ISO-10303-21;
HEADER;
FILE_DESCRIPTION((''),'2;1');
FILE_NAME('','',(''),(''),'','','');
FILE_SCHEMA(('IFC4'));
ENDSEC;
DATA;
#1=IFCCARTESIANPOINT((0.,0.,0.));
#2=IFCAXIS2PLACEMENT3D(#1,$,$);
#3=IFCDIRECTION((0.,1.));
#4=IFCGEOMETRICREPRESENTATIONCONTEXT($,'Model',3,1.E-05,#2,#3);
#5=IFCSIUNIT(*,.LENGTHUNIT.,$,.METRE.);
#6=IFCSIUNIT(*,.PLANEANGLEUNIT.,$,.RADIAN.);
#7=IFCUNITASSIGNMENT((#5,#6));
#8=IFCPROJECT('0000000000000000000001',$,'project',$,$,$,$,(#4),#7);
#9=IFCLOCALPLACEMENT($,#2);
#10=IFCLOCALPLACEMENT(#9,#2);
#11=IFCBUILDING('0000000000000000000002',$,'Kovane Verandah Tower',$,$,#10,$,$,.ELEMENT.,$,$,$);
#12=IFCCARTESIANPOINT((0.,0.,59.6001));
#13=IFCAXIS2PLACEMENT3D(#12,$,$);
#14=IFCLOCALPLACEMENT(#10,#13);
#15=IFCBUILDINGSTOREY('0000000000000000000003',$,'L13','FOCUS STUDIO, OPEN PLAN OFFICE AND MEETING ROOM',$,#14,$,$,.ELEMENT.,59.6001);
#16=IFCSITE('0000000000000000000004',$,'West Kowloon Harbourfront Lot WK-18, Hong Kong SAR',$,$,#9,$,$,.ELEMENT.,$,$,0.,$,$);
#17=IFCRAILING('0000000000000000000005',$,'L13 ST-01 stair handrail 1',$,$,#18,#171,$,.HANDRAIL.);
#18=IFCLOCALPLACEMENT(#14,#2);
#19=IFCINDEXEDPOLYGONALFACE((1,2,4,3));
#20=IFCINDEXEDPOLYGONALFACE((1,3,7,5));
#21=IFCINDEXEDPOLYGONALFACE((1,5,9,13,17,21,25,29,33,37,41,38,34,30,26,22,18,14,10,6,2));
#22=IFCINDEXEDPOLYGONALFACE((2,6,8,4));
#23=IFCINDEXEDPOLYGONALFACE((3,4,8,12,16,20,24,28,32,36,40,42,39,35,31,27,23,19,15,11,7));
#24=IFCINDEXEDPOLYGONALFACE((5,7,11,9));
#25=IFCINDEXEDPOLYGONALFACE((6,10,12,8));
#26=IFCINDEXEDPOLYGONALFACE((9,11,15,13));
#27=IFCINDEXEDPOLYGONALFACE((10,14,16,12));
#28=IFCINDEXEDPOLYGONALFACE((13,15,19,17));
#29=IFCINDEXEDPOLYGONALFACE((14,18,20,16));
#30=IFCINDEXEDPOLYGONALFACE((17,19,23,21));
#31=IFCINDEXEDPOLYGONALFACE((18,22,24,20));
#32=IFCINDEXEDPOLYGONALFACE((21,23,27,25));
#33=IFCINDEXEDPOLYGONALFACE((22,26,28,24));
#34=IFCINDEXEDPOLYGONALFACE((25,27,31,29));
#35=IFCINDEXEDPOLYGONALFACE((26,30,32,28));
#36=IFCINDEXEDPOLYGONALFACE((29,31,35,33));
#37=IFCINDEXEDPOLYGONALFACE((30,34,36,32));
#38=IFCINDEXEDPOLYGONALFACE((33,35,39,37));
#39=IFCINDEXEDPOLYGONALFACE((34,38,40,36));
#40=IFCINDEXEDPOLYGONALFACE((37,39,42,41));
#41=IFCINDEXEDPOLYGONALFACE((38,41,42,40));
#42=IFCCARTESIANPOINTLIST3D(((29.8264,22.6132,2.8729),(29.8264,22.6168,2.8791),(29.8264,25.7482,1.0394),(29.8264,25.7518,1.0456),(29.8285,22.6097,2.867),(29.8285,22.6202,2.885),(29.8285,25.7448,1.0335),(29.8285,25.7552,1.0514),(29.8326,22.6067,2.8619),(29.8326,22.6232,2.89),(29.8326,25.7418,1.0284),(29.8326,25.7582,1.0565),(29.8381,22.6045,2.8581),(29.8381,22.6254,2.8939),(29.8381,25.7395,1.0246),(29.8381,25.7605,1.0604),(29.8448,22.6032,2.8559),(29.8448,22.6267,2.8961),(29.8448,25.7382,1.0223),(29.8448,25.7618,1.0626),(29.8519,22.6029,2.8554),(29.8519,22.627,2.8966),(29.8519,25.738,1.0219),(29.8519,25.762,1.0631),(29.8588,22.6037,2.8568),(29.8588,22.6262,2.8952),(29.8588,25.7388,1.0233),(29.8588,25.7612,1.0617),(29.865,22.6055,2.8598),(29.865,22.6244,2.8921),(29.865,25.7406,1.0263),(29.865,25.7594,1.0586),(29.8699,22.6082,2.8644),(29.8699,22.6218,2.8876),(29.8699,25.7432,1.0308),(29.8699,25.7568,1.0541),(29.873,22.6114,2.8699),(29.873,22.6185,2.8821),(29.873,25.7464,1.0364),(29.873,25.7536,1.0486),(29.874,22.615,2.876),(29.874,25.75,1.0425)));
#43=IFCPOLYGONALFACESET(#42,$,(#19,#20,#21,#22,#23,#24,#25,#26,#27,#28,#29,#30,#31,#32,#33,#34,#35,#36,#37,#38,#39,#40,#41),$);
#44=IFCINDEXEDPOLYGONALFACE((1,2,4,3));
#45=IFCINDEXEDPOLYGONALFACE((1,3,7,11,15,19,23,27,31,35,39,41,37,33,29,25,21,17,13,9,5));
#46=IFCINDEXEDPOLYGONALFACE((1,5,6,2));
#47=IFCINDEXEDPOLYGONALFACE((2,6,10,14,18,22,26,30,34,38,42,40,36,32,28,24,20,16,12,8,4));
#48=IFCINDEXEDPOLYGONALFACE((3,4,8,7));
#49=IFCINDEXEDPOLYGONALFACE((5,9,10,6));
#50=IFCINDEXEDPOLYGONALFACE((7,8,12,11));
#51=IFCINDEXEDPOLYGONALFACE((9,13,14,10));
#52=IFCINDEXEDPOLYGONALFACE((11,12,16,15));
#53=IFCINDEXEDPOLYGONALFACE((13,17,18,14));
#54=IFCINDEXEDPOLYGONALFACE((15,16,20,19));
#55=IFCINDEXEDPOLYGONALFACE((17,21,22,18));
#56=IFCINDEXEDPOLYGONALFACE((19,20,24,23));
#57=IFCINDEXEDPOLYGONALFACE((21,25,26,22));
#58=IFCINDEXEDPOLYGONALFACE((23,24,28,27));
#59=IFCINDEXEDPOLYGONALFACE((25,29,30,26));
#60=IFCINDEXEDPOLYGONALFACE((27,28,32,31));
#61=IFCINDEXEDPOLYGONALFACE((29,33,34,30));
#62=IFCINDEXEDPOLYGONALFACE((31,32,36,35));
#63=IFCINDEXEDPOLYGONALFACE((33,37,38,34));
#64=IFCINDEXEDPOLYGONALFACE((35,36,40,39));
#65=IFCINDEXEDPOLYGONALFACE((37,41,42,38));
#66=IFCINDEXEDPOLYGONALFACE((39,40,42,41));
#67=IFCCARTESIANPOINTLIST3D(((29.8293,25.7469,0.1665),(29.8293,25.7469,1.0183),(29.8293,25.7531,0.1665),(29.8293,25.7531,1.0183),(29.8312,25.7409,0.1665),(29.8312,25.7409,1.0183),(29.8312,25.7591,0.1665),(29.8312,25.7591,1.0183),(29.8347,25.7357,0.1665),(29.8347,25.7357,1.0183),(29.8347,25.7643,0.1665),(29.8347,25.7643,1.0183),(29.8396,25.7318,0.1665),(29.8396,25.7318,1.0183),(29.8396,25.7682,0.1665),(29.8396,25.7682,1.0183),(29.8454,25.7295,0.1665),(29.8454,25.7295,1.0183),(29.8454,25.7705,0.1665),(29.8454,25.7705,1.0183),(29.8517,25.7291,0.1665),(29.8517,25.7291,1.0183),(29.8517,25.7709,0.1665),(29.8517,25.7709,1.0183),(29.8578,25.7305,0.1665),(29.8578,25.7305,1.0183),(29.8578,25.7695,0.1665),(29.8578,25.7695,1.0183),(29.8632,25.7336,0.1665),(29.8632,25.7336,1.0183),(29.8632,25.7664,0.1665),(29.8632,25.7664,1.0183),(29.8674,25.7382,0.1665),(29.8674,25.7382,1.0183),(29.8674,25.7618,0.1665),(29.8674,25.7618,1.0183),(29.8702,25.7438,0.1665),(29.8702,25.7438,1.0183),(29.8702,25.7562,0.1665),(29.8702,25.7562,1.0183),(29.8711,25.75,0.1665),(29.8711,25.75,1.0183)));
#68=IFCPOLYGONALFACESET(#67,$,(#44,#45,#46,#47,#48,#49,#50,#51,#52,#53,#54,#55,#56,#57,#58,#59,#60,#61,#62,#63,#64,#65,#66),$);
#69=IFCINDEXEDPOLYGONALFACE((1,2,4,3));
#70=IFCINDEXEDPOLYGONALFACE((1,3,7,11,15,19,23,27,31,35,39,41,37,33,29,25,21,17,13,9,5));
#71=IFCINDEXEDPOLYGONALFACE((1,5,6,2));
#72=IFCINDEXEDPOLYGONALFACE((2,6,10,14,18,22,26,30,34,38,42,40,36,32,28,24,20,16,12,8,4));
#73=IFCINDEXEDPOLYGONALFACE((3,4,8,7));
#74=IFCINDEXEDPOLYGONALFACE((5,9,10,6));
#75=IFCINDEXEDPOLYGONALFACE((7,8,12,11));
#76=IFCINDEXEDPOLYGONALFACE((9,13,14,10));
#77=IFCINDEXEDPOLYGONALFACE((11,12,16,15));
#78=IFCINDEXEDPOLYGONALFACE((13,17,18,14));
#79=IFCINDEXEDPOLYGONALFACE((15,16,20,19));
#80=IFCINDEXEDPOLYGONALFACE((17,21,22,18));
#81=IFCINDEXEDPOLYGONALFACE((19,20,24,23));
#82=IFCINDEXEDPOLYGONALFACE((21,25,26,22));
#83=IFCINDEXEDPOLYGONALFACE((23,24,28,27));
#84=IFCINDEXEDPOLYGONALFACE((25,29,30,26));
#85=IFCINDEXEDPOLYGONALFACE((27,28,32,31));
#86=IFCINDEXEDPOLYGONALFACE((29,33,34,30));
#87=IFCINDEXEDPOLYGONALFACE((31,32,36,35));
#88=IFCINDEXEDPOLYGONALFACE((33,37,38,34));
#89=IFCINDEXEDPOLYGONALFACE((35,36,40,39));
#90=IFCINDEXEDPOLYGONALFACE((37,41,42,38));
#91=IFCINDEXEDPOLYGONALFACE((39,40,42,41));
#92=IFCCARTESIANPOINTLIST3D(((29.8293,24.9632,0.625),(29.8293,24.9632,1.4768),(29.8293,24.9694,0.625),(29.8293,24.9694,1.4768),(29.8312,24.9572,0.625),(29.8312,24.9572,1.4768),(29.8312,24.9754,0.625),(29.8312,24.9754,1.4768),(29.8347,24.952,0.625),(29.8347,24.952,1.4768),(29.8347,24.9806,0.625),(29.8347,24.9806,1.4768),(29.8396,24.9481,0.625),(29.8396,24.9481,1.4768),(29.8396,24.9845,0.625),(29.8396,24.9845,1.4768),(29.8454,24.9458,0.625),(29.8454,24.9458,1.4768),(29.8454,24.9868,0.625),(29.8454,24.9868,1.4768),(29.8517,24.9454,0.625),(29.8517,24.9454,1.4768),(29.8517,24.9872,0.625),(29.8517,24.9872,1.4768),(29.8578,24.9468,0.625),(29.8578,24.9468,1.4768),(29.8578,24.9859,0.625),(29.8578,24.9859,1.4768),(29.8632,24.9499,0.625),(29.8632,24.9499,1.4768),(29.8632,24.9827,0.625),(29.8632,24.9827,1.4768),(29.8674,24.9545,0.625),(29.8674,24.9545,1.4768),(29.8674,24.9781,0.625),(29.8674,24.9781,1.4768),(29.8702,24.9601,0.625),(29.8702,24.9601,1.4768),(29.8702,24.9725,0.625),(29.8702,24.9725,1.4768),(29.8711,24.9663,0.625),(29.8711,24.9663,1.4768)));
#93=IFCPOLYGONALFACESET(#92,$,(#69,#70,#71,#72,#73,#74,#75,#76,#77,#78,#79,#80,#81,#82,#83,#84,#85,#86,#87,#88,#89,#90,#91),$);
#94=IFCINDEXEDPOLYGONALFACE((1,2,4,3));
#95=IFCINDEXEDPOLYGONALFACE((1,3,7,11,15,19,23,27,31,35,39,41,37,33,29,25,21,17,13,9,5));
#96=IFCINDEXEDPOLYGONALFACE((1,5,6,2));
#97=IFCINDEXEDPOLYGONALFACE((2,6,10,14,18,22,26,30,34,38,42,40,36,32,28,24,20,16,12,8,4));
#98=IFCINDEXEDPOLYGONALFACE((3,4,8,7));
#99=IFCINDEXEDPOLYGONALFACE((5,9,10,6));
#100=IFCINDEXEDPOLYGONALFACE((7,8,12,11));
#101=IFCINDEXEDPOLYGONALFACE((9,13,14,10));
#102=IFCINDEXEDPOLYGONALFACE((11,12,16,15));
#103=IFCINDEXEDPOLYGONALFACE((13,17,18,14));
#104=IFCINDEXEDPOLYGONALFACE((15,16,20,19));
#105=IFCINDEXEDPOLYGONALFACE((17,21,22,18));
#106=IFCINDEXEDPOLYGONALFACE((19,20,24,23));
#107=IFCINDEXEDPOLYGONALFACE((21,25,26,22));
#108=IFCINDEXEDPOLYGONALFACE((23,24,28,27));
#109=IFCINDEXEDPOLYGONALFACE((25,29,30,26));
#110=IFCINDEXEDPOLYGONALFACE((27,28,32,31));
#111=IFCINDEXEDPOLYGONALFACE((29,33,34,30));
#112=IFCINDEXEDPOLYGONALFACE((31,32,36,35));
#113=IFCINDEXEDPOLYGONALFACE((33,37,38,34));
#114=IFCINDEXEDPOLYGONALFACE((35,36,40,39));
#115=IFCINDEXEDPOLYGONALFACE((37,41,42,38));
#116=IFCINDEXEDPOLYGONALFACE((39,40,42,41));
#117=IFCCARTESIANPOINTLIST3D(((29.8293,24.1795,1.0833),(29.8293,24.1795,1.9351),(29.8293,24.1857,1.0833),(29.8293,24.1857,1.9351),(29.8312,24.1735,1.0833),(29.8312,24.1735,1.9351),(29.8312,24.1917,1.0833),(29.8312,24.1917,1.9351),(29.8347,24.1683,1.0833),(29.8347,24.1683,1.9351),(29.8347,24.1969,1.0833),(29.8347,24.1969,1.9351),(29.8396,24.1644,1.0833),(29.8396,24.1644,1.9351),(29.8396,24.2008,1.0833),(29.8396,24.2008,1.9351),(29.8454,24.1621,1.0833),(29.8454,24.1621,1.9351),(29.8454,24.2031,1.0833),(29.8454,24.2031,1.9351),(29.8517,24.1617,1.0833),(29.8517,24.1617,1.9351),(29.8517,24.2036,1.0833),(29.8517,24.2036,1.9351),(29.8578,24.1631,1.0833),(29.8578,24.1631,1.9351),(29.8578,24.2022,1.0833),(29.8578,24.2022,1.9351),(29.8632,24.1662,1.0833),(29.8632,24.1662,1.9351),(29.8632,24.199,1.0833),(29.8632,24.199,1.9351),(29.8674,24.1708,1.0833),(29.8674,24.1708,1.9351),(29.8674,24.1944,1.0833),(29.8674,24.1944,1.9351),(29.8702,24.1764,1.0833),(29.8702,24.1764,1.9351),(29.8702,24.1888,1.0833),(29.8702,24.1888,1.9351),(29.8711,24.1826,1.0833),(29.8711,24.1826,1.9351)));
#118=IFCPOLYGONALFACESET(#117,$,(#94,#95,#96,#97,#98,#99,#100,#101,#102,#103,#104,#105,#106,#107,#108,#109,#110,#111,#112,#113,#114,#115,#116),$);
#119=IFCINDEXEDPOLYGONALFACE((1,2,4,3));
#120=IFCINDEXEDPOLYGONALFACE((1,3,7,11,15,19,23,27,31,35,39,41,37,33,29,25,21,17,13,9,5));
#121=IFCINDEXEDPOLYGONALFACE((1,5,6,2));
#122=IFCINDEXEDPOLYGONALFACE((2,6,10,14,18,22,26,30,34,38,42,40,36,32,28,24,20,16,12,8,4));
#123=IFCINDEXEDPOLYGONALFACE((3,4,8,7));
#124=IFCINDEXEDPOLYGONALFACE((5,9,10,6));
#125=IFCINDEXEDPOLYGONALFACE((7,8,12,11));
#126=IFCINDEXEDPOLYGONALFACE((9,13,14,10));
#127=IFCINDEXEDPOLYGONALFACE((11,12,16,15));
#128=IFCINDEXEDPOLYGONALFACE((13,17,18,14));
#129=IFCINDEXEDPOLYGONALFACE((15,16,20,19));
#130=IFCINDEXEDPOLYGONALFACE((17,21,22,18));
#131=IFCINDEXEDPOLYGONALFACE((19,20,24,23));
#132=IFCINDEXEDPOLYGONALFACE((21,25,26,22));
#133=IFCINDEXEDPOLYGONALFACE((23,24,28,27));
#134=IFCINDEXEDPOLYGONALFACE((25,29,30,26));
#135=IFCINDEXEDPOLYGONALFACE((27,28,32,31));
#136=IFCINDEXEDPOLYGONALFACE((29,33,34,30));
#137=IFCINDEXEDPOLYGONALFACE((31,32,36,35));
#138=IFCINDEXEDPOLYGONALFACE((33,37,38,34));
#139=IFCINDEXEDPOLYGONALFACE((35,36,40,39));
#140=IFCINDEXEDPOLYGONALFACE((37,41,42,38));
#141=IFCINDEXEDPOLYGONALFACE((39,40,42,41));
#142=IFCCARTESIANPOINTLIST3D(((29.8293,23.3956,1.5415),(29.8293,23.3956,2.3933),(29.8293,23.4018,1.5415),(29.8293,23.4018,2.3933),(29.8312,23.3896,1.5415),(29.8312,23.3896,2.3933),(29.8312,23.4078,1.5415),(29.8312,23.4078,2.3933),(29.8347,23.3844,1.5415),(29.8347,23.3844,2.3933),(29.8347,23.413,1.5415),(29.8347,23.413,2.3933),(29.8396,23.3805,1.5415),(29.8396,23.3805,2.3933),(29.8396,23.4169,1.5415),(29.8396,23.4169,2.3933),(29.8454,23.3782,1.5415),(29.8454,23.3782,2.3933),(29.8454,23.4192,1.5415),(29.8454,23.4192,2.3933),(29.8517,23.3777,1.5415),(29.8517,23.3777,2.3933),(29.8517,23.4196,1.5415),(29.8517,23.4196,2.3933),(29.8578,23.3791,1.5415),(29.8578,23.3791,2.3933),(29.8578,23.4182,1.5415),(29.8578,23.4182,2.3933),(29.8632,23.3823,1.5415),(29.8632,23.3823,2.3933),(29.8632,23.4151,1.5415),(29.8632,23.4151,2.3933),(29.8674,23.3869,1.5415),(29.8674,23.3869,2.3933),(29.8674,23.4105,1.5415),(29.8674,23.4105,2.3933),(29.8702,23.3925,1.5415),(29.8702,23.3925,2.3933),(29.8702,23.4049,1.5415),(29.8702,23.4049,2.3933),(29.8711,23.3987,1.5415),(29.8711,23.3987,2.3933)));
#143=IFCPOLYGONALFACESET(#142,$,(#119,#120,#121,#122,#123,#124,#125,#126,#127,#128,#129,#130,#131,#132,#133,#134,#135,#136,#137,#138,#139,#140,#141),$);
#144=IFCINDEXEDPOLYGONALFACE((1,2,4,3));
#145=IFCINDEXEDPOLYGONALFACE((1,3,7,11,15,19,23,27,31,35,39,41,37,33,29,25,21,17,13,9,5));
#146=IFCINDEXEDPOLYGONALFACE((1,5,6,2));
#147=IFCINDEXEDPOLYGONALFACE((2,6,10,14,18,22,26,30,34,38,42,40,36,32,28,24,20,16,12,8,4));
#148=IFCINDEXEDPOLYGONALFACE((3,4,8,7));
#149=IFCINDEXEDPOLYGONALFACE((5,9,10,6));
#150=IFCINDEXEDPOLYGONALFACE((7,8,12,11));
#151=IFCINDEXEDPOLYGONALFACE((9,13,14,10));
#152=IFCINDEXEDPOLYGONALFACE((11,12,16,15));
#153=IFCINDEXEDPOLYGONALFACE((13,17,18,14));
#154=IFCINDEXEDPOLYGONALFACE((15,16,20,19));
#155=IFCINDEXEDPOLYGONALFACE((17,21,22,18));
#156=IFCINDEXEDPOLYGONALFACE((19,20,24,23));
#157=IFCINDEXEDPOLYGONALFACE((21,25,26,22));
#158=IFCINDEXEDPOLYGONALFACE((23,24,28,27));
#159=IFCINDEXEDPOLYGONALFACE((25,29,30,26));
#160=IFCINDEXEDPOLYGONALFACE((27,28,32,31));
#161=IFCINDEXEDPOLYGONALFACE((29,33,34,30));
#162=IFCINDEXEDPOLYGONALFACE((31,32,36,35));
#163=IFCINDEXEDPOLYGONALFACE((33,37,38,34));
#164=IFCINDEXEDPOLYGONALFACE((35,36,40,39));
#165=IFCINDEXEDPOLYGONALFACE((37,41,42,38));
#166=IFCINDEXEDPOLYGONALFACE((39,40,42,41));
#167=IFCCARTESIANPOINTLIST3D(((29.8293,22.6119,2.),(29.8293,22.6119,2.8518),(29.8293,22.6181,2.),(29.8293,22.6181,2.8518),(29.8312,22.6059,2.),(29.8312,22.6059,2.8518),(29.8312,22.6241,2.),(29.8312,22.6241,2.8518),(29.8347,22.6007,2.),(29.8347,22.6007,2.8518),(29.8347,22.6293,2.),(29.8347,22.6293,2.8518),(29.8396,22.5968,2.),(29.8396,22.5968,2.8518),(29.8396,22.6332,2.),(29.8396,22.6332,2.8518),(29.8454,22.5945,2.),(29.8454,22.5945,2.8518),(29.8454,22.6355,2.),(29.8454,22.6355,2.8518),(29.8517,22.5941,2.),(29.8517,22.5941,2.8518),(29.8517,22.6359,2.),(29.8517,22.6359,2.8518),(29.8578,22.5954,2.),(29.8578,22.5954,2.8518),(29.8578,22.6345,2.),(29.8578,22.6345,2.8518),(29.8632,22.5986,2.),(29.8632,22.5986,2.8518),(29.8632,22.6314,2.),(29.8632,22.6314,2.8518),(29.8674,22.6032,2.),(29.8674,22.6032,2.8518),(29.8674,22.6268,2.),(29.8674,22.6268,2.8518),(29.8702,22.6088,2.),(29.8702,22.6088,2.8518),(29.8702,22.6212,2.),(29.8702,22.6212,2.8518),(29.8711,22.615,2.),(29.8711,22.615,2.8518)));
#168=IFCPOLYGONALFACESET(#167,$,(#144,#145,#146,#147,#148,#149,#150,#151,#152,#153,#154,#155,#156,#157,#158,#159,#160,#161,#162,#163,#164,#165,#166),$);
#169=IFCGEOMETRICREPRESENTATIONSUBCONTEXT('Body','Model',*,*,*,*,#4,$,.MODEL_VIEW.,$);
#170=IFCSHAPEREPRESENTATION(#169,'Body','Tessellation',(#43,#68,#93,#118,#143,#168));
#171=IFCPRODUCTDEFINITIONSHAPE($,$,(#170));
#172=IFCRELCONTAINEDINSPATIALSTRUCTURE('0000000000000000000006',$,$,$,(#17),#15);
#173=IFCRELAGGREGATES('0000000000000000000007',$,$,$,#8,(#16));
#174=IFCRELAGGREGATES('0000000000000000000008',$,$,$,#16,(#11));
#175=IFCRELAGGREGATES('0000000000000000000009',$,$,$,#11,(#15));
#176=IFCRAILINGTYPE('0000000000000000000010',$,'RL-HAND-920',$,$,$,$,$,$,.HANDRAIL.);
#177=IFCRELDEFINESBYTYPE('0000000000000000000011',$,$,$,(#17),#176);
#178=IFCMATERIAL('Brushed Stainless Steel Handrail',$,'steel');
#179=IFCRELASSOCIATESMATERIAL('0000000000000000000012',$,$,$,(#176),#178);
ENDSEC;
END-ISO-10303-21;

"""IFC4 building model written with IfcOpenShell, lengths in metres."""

from ifc_helpers import new_model, si_unit, direction, frame, origin, origin_2d, place, context, subcontext, project, spatial, circle, extrude, material, type_object, element, save


model = new_model("IFC4")

# Units and contexts
model_context = context("Model", 3, precision=1e-05, world=origin(), true_north=direction((0.0, 1.0)))
body_context = subcontext(model_context, "Body", "Model", "MODEL_VIEW")
ifc_project = project(units=[si_unit("LENGTHUNIT", "METRE"), si_unit("PLANEANGLEUNIT", "RADIAN")], contexts=[model_context])

# Site, building, storey
site_placement = place(None, origin())
site = spatial("IfcSite", under=ifc_project, at=site_placement, Name="West Kowloon Harbourfront Lot WK-18, Hong Kong SAR", CompositionType="ELEMENT", RefElevation=0.0)
building_placement = place(site_placement, origin())
building = spatial("IfcBuilding", under=site, at=building_placement, Name="Kovane Verandah Tower", CompositionType="ELEMENT")
storey_placement = place(building_placement, frame((0.0, 0.0, 59.6001)))
storey = spatial("IfcBuildingStorey", under=building, at=storey_placement, Name="L13", Description="FOCUS STUDIO, OPEN PLAN OFFICE AND MEETING ROOM", CompositionType="ELEMENT", Elevation=59.6001)

# Railing
ifc_material_1 = material(Name="Brushed Stainless Steel Handrail", Category="steel")
railing_type_1 = type_object("IfcRailingType", Name="RL-HAND-920", PredefinedType="HANDRAIL", material=ifc_material_1)
railing_1_placement = place(storey_placement, frame((29.8501, 25.75, 0.1665)))
element("IfcRailing", 1, at=railing_1_placement, inside=storey, type_object=railing_type_1, Name="L13 ST-01 stair handrail 1", PredefinedType="HANDRAIL", context=body_context, shape_type="SweptSolid", body=[
    extrude(circle(Radius=0.0239, at=origin_2d()), frame((0.0, 0.0, 0.876), z_axis=(0.0, -0.86321, 0.504845), x_axis=(1.0, 0.0, 0.0)), (0.0, 0.0, 1.0), 3.6318),
    extrude(circle(Radius=0.021, at=origin_2d()), origin(), (0.0, 0.0, 1.0), 0.8518),
    extrude(circle(Radius=0.021, at=origin_2d()), frame((0.0, -0.7837, 0.4585)), (0.0, 0.0, 1.0), 0.8518),
    extrude(circle(Radius=0.021, at=origin_2d()), frame((0.0, -1.5674, 0.9167)), (0.0, 0.0, 1.0), 0.8518),
    extrude(circle(Radius=0.021, at=origin_2d()), frame((0.0, -2.3513, 1.375)), (0.0, 0.0, 1.0), 0.8518),
    extrude(circle(Radius=0.021, at=origin_2d()), frame((0.0, -3.135, 1.8335)), (0.0, 0.0, 1.0), 0.8518),
])

save(model, "model.ifc")
